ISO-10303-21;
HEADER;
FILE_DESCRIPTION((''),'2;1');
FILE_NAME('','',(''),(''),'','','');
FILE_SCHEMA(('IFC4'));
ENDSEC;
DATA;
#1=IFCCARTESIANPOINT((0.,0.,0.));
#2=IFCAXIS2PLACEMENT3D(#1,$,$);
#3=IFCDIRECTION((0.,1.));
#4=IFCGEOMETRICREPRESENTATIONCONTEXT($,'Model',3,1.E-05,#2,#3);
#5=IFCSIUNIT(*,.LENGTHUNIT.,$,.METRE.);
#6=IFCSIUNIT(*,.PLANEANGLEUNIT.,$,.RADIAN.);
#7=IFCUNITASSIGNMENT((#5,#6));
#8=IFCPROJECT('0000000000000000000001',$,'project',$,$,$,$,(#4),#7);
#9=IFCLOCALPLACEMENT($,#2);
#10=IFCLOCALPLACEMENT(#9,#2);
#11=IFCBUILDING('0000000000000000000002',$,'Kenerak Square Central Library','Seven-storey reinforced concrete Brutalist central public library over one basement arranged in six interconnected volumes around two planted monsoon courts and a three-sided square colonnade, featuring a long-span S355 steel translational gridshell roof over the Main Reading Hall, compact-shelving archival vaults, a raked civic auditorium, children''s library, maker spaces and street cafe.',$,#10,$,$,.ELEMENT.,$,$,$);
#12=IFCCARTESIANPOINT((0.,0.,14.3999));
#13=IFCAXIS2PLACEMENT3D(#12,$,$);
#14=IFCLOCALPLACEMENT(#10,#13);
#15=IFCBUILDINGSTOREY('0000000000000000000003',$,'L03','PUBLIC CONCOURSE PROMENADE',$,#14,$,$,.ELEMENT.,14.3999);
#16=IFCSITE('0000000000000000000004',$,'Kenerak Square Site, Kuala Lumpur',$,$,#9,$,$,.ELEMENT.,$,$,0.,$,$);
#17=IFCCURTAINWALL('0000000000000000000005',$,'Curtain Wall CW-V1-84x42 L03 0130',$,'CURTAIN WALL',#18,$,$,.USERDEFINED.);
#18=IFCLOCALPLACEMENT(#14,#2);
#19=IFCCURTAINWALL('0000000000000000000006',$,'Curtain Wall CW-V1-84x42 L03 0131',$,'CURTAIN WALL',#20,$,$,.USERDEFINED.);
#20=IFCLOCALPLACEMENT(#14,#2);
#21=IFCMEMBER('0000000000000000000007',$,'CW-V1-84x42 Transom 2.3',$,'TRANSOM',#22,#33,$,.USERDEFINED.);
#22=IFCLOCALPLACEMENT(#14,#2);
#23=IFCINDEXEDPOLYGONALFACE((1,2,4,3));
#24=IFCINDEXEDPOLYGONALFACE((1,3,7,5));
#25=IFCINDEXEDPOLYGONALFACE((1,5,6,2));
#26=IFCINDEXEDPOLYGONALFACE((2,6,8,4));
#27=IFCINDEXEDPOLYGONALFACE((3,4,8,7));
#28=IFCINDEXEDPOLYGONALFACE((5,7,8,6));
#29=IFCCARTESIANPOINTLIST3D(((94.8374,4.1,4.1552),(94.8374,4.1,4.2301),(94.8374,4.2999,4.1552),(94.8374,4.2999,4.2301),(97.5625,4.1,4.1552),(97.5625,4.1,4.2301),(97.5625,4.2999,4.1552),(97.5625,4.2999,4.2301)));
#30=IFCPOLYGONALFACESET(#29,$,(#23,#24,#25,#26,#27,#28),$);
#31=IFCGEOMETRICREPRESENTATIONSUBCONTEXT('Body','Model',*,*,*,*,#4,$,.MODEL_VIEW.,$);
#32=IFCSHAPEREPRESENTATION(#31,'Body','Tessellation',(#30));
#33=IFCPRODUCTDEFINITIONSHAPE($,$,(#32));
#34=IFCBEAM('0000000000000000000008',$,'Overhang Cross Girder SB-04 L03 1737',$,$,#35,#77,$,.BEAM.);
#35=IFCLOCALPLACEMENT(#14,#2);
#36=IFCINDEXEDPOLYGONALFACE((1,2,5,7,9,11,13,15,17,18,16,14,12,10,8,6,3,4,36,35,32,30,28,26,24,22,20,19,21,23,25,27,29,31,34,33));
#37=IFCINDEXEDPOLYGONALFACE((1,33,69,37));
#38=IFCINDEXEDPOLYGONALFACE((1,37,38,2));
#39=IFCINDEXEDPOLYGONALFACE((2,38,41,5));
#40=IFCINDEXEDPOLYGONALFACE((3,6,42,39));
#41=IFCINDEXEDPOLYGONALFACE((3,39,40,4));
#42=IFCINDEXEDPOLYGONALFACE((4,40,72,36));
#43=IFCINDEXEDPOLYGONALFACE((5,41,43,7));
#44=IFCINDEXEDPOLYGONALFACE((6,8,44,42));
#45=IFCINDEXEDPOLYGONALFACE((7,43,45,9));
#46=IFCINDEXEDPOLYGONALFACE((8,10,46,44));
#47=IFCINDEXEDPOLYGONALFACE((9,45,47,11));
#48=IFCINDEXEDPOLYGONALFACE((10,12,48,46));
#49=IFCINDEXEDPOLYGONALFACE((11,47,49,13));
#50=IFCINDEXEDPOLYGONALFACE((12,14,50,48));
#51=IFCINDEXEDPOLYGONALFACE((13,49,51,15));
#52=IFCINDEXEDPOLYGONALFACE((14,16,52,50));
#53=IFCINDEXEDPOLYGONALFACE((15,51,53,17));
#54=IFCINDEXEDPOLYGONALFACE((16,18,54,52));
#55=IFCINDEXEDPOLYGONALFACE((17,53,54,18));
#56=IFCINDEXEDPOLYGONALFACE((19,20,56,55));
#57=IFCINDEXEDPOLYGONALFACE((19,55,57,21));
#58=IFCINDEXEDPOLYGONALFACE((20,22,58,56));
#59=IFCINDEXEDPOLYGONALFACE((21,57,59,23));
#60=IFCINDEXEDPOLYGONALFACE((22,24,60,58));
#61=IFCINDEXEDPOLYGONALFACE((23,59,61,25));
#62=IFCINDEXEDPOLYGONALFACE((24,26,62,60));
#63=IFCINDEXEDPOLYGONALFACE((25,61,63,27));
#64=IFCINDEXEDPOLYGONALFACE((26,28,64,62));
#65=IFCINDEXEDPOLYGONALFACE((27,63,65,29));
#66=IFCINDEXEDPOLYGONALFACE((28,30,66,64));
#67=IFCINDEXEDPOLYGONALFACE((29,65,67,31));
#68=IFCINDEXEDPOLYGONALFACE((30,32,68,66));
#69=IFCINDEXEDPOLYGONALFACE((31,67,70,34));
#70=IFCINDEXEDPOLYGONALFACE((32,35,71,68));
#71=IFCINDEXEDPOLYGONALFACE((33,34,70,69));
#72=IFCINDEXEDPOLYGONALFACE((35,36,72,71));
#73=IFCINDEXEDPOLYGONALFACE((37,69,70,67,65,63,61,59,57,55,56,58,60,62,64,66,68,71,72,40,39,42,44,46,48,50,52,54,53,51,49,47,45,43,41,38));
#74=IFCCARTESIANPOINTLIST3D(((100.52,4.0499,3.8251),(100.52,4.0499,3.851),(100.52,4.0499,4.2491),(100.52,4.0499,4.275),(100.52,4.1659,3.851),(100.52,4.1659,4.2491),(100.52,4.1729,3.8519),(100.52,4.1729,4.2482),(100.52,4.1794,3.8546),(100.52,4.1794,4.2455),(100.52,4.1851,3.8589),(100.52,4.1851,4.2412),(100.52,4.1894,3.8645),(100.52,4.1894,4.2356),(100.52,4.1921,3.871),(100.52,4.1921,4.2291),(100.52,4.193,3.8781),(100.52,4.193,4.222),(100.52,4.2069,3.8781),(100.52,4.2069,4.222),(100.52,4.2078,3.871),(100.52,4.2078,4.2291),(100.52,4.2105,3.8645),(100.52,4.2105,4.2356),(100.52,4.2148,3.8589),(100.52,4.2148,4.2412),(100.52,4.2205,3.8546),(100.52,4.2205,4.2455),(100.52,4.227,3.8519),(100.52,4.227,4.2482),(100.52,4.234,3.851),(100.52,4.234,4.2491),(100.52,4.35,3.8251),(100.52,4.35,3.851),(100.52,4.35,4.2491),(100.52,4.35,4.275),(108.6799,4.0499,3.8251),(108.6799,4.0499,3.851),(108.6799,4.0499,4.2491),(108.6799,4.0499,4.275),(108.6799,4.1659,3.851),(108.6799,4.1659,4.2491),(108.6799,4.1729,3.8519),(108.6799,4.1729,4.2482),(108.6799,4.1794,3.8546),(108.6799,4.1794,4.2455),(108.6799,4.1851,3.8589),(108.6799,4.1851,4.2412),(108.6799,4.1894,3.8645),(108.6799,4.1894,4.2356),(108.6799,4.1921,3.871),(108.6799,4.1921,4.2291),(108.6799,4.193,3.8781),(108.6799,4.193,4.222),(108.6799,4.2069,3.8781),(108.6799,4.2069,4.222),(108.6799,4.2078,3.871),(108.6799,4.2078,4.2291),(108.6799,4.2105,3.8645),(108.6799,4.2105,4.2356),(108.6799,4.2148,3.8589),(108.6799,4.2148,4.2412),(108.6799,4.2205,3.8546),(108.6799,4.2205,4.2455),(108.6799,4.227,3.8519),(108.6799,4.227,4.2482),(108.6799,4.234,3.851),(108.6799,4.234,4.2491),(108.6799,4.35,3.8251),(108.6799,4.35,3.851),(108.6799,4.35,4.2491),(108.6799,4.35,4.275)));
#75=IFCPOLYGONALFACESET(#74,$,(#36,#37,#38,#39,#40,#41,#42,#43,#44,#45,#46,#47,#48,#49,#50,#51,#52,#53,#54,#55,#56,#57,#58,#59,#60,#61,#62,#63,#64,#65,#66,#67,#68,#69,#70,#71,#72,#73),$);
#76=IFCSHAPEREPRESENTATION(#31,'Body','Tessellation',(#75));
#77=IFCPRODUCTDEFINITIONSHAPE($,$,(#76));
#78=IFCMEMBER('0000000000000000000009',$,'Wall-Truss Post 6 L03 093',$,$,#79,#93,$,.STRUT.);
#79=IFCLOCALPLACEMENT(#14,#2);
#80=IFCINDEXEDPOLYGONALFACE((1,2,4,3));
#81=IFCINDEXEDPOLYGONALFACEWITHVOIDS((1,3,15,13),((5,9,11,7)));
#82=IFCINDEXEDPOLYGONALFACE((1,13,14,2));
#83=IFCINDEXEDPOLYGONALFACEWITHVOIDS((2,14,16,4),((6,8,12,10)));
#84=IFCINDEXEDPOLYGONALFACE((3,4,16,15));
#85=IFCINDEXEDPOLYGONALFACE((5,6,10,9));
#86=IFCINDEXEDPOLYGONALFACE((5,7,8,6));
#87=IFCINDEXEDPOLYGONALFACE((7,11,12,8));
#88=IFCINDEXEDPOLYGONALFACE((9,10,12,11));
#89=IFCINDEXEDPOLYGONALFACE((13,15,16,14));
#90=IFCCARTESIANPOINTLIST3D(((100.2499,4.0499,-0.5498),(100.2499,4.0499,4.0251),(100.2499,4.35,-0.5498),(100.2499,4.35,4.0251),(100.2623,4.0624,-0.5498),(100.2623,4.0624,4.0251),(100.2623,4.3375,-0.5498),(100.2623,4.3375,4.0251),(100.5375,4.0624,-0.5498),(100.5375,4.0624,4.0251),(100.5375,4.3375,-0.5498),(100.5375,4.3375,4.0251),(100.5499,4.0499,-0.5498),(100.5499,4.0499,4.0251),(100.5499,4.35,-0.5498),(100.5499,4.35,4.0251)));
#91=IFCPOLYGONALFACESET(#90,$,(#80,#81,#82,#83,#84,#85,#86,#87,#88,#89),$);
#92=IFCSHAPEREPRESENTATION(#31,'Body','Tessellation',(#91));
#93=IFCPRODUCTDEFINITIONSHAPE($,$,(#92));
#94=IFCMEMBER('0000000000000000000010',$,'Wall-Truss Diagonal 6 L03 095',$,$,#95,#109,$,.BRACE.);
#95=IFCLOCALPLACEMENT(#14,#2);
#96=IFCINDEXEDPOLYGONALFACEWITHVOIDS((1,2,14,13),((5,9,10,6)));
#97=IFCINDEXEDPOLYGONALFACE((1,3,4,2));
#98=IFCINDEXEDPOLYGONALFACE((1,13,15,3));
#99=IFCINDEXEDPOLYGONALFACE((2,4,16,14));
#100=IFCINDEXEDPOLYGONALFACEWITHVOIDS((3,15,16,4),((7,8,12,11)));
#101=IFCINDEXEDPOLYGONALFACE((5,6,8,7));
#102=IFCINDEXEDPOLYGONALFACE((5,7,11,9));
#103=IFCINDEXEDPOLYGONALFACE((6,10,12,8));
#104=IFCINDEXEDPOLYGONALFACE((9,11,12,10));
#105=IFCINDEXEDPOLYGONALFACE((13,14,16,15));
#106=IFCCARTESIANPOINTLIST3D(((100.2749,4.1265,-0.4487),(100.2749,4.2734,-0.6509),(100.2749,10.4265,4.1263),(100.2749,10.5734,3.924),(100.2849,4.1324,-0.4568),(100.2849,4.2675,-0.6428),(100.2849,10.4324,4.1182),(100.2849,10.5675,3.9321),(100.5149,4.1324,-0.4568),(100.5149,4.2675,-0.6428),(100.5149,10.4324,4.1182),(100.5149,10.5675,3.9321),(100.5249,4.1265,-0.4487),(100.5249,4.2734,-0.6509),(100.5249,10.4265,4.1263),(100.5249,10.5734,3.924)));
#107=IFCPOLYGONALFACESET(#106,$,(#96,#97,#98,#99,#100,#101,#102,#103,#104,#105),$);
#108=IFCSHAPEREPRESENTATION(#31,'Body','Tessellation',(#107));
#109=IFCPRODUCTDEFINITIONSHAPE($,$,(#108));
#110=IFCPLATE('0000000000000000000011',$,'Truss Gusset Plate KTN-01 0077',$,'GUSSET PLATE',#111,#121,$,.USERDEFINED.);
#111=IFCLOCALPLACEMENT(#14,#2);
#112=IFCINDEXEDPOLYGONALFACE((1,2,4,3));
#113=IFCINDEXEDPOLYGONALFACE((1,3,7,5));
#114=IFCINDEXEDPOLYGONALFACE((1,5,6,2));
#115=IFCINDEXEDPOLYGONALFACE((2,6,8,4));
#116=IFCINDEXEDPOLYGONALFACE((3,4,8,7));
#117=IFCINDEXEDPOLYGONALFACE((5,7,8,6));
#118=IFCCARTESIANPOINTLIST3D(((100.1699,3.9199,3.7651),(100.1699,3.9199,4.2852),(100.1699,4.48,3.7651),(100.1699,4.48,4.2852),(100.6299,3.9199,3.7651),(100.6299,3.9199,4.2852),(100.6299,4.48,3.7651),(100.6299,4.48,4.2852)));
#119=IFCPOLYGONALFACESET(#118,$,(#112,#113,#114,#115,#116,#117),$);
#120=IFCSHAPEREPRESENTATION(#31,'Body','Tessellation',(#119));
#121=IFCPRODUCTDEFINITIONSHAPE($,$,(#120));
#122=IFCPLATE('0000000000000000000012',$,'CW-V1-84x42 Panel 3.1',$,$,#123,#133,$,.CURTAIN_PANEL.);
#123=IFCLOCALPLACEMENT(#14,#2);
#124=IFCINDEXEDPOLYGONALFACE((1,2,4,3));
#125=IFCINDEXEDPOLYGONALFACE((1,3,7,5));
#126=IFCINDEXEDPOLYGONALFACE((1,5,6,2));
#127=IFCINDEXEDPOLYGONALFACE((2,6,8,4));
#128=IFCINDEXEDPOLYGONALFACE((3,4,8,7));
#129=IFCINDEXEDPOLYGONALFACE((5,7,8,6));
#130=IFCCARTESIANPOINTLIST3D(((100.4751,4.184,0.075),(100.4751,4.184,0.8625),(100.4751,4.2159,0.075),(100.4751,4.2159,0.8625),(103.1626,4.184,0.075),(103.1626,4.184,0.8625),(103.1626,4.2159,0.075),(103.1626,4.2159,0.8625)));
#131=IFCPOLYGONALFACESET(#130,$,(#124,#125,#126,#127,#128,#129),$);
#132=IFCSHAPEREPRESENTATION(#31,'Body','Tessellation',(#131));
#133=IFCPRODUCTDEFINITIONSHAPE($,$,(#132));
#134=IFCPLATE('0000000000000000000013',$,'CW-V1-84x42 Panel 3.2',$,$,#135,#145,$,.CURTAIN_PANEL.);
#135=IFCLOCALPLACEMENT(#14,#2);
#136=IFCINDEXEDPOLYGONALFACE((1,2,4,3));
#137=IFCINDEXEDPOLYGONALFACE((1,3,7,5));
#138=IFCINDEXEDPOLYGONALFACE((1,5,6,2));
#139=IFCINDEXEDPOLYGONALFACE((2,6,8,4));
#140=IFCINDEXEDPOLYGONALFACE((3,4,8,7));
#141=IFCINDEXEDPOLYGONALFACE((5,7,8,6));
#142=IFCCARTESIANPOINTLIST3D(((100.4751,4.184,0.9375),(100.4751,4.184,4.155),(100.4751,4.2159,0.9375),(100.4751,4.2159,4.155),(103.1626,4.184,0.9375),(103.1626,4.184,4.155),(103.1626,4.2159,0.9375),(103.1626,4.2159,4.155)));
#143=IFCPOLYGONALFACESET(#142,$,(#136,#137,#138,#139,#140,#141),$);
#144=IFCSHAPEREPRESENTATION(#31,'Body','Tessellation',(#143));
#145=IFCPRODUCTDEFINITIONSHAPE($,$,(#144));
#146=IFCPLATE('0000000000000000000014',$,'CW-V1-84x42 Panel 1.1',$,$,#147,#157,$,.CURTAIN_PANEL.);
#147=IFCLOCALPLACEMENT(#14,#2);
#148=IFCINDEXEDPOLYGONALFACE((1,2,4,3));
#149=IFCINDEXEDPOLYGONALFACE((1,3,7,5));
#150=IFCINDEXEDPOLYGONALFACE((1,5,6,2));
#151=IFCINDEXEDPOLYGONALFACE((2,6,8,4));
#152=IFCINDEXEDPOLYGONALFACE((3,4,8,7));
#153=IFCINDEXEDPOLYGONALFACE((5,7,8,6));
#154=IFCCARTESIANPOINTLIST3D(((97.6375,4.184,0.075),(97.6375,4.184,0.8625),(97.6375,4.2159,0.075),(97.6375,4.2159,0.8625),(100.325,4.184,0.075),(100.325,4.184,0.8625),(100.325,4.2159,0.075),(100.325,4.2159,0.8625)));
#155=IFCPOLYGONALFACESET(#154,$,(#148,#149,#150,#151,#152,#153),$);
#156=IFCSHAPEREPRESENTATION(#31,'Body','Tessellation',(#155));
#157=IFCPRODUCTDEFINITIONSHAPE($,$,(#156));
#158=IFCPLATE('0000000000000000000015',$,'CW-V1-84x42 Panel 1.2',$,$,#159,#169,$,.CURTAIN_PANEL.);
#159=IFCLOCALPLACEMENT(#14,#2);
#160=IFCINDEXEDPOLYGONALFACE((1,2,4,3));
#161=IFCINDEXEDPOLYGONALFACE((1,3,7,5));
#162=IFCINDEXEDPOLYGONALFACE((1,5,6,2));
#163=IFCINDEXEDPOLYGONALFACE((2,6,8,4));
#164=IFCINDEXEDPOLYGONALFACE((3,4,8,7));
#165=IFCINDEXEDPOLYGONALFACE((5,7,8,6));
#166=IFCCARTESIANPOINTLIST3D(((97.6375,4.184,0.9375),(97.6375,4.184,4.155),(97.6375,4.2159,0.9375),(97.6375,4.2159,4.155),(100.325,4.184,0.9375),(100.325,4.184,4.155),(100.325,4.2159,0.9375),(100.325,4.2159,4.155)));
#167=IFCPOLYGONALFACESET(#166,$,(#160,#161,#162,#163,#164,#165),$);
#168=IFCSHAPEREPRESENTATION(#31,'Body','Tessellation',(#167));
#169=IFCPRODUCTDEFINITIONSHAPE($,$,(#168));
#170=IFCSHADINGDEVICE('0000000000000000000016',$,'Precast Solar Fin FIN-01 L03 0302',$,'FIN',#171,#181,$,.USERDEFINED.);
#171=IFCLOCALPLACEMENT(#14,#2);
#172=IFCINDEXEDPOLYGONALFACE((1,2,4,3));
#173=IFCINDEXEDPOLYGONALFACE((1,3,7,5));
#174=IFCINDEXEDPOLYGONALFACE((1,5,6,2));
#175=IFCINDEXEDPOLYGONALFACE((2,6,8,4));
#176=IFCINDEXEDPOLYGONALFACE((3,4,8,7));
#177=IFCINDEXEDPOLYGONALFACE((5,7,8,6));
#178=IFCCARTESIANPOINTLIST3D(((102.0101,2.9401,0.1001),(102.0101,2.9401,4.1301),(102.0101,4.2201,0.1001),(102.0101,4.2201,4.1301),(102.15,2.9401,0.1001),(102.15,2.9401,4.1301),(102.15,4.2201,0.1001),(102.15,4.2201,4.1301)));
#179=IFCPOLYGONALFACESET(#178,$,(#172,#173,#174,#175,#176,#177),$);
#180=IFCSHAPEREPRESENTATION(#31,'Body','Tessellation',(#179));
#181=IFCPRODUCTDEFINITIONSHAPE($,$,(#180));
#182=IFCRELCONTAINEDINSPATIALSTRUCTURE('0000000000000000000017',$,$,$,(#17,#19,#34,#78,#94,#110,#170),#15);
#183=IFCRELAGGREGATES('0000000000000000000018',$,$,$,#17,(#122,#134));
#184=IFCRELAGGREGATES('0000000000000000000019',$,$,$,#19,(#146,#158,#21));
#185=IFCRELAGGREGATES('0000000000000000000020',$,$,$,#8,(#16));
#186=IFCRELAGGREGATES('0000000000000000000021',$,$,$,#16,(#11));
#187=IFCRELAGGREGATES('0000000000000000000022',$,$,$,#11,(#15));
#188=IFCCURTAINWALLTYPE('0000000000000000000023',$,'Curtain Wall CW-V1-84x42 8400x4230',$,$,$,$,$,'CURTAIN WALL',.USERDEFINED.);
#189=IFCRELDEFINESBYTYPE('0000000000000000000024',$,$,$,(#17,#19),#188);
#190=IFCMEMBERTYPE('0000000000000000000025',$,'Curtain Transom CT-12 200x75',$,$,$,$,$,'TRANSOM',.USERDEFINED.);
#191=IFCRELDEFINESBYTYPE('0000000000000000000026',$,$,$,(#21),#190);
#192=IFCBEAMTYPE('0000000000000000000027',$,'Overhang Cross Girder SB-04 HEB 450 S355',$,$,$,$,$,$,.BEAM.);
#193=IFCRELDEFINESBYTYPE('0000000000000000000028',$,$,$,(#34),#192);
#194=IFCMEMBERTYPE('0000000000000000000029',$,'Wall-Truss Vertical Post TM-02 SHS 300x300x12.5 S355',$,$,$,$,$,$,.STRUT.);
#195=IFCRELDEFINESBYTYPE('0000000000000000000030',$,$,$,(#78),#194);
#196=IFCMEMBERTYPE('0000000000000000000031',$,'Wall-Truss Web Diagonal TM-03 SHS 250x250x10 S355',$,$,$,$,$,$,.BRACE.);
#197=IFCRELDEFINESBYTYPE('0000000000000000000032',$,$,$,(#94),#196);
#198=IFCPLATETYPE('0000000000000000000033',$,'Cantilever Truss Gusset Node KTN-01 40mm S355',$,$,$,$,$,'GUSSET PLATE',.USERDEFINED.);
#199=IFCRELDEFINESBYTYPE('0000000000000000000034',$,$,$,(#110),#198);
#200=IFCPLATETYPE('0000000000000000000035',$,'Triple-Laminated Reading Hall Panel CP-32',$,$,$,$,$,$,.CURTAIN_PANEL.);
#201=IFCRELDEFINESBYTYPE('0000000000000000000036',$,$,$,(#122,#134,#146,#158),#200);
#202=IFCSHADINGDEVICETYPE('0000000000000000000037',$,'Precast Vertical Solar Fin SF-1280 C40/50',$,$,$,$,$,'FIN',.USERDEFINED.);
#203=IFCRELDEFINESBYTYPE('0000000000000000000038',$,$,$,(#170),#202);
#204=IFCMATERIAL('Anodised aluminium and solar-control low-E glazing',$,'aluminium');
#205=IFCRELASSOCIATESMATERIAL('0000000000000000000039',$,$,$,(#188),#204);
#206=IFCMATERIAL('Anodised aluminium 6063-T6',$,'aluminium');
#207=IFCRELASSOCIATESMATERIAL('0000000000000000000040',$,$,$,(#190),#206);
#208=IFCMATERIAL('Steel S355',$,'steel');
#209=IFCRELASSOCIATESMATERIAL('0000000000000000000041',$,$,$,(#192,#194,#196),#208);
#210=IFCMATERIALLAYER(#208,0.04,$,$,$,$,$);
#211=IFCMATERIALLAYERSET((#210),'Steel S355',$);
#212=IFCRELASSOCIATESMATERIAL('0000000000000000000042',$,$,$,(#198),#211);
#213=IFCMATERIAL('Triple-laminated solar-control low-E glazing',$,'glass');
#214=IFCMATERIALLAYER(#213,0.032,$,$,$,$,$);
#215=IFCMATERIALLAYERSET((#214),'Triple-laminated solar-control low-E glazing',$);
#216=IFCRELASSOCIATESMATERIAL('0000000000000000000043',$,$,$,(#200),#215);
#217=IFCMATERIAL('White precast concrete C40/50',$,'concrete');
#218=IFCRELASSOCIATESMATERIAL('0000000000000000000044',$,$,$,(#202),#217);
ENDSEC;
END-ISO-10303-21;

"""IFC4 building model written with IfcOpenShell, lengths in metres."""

from ifc_helpers import new_model, si_unit, direction, frame, origin, origin_2d, place, context, subcontext, project, spatial, rectangle, hollow_rectangle, i_section, extrude, material, layer, layer_set, material_profile, profile_set, type_object, element, aggregate, save


model = new_model("IFC4")

# Units and contexts
model_context = context("Model", 3, precision=1e-05, world=origin(), true_north=direction((0.0, 1.0)))
body_context = subcontext(model_context, "Body", "Model", "MODEL_VIEW")
ifc_project = project(units=[si_unit("LENGTHUNIT", "METRE"), si_unit("PLANEANGLEUNIT", "RADIAN")], contexts=[model_context])

# Site, building, storey
site_placement = place(None, origin())
site = spatial("IfcSite", under=ifc_project, at=site_placement, Name="Kenerak Square Site, Kuala Lumpur", CompositionType="ELEMENT", RefElevation=0.0)
building_placement = place(site_placement, origin())
building = spatial("IfcBuilding", under=site, at=building_placement, Name="Kenerak Square Central Library", Description="Seven-storey reinforced concrete Brutalist central public library over one basement arranged in six interconnected volumes around two planted monsoon courts and a three-sided square colonnade, featuring a long-span S355 steel translational gridshell roof over the Main Reading Hall, compact-shelving archival vaults, a raked civic auditorium, children's library, maker spaces and street cafe.", CompositionType="ELEMENT")
storey_placement = place(building_placement, frame((0.0, 0.0, 14.3999)))
storey = spatial("IfcBuildingStorey", under=building, at=storey_placement, Name="L03", Description="PUBLIC CONCOURSE PROMENADE", CompositionType="ELEMENT", Elevation=14.3999)

# Shared definitions
ifc_material_1 = material(Name="Steel S355", Category="steel")

# Curtain wall
ifc_material_2 = material(Name="Anodised aluminium and solar-control low-E glazing", Category="aluminium")
curtain_wall_type = type_object("IfcCurtainWallType", Name="Curtain Wall CW-V1-84x42 8400x4230", ElementType="CURTAIN WALL", PredefinedType="USERDEFINED", material=ifc_material_2)
curtain_wall_1_placement = place(storey_placement, origin())
curtain_wall_1 = element("IfcCurtainWall", 1, at=curtain_wall_1_placement, inside=storey, type_object=curtain_wall_type, Name="Curtain Wall CW-V1-84x42 L03 0130", ObjectType="CURTAIN WALL", PredefinedType="USERDEFINED")
ifc_material_3 = material(Name="Anodised aluminium 6063-T6", Category="aluminium")

# Curtain wall
curtain_wall_2_placement = place(storey_placement, origin())
curtain_wall_2 = element("IfcCurtainWall", 2, at=curtain_wall_2_placement, inside=storey, type_object=curtain_wall_type, Name="Curtain Wall CW-V1-84x42 L03 0131", ObjectType="CURTAIN WALL", PredefinedType="USERDEFINED")

# Member
ifc_material_profile_1 = material_profile(ifc_material_3, rectangle(XDim=0.2, YDim=0.075, at=origin_2d()), Name="AL TRANSOM 200x75")
ifc_profile_set_1 = profile_set([ifc_material_profile_1], Name="Anodised aluminium 6063-T6")
member_type_1 = type_object("IfcMemberType", Name="Curtain Transom CT-12 200x75", ElementType="TRANSOM", PredefinedType="USERDEFINED", material=ifc_profile_set_1)
member_1_placement = place(storey_placement, frame((97.5625, 4.2, 4.1926), z_axis=(-1.0, 0.0, 0.0), x_axis=(0.0, -1.0, 0.0)))
member_1 = element("IfcMember", 3, at=member_1_placement, type_object=member_type_1, Name="CW-V1-84x42 Transom 2.3", ObjectType="TRANSOM", PredefinedType="USERDEFINED", context=body_context, shape_type="SweptSolid", body=[
    extrude(rectangle(XDim=0.2, YDim=0.075, at=origin_2d()), origin(), (0.0, 0.0, 1.0), 2.7251),
])

# Beam
ifc_material_profile_2 = material_profile(ifc_material_1, i_section(OverallWidth=0.3, OverallDepth=0.45, WebThickness=0.0139, FlangeThickness=0.0259, FilletRadius=0.0271, at=origin_2d()), Name="HEB 450")
ifc_profile_set_2 = profile_set([ifc_material_profile_2], Name="Steel S355")
beam_type_1 = type_object("IfcBeamType", Name="Overhang Cross Girder SB-04 HEB 450 S355", PredefinedType="BEAM", material=ifc_profile_set_2)
beam_1_placement = place(storey_placement, frame((100.52, 4.2, 4.05), z_axis=(1.0, 0.0, 0.0), x_axis=(0.0, 1.0, 0.0)))
element("IfcBeam", 4, at=beam_1_placement, inside=storey, type_object=beam_type_1, Name="Overhang Cross Girder SB-04 L03 1737", PredefinedType="BEAM", context=body_context, shape_type="SweptSolid", body=[
    extrude(i_section(OverallWidth=0.3, OverallDepth=0.45, WebThickness=0.0139, FlangeThickness=0.0259, FilletRadius=0.0271, at=origin_2d()), origin(), (0.0, 0.0, 1.0), 8.1599),
])

# Members
ifc_material_profile_3 = material_profile(ifc_material_1, hollow_rectangle(XDim=0.3, YDim=0.3, WallThickness=0.0125, at=origin_2d()), Name="SHS 300x300x12.5")
ifc_profile_set_3 = profile_set([ifc_material_profile_3], Name="Steel S355")
member_type_2 = type_object("IfcMemberType", Name="Wall-Truss Vertical Post TM-02 SHS 300x300x12.5 S355", PredefinedType="STRUT", material=ifc_profile_set_3)
member_2_placement = place(storey_placement, frame((100.3999, 4.2, -0.5498), z_axis=(0.0, 0.0, 1.0), x_axis=(1.0, 0.0, 0.0)))
element("IfcMember", 5, at=member_2_placement, inside=storey, type_object=member_type_2, Name="Wall-Truss Post 6 L03 093", PredefinedType="STRUT", context=body_context, shape_type="SweptSolid", body=[
    extrude(hollow_rectangle(XDim=0.3, YDim=0.3, WallThickness=0.0125, at=origin_2d()), origin(), (0.0, 0.0, 1.0), 4.575),
])
ifc_material_profile_4 = material_profile(ifc_material_1, hollow_rectangle(XDim=0.25, YDim=0.25, WallThickness=0.01, at=origin_2d()), Name="SHS 250x250x10.0")
ifc_profile_set_4 = profile_set([ifc_material_profile_4], Name="Steel S355")
member_type_3 = type_object("IfcMemberType", Name="Wall-Truss Web Diagonal TM-03 SHS 250x250x10 S355", PredefinedType="BRACE", material=ifc_profile_set_4)
member_3_placement = place(storey_placement, frame((100.3999, 4.2, -0.5498), z_axis=(0.0, 0.809158, 0.587592), x_axis=(-1.0, 0.0, 0.0)))
element("IfcMember", 6, at=member_3_placement, inside=storey, type_object=member_type_3, Name="Wall-Truss Diagonal 6 L03 095", PredefinedType="BRACE", context=body_context, shape_type="SweptSolid", body=[
    extrude(hollow_rectangle(XDim=0.25, YDim=0.25, WallThickness=0.01, at=origin_2d()), origin(), (0.0, 0.0, 1.0), 7.7859),
])

# Plates
ifc_layer_1 = layer(ifc_material_1, 0.04)
ifc_layer_set_1 = layer_set([ifc_layer_1], Name="Steel S355")
plate_type_1 = type_object("IfcPlateType", Name="Cantilever Truss Gusset Node KTN-01 40mm S355", ElementType="GUSSET PLATE", PredefinedType="USERDEFINED", material=ifc_layer_set_1)
plate_1_placement = place(storey_placement, frame((100.3999, 4.2, 3.7651), z_axis=(0.0, 0.0, 1.0), x_axis=(1.0, 0.0, 0.0)))
element("IfcPlate", 7, at=plate_1_placement, inside=storey, type_object=plate_type_1, Name="Truss Gusset Plate KTN-01 0077", ObjectType="GUSSET PLATE", PredefinedType="USERDEFINED", context=body_context, shape_type="SweptSolid", body=[
    extrude(rectangle(XDim=0.46, YDim=0.5601, at=origin_2d()), origin(), (0.0, 0.0, 1.0), 0.52),
])
ifc_material_4 = material(Name="Triple-laminated solar-control low-E glazing", Category="glass")
ifc_layer_2 = layer(ifc_material_4, 0.032)
ifc_layer_set_2 = layer_set([ifc_layer_2], Name="Triple-laminated solar-control low-E glazing")
plate_type_2 = type_object("IfcPlateType", Name="Triple-Laminated Reading Hall Panel CP-32", PredefinedType="CURTAIN_PANEL", material=ifc_layer_set_2)
plate_2_placement = place(storey_placement, frame((101.8188, 4.2, 0.075), z_axis=(0.0, 0.0, 1.0), x_axis=(-1.0, 0.0, 0.0)))
plate_2 = element("IfcPlate", 8, at=plate_2_placement, type_object=plate_type_2, Name="CW-V1-84x42 Panel 3.1", PredefinedType="CURTAIN_PANEL", context=body_context, shape_type="SweptSolid", body=[
    extrude(rectangle(XDim=2.6875, YDim=0.032, at=origin_2d()), origin(), (0.0, 0.0, 1.0), 0.7876),
])
plate_3_placement = place(storey_placement, frame((101.8188, 4.2, 0.9375), z_axis=(0.0, 0.0, 1.0), x_axis=(-1.0, 0.0, 0.0)))
plate_3 = element("IfcPlate", 9, at=plate_3_placement, type_object=plate_type_2, Name="CW-V1-84x42 Panel 3.2", PredefinedType="CURTAIN_PANEL", context=body_context, shape_type="SweptSolid", body=[
    extrude(rectangle(XDim=2.6875, YDim=0.032, at=origin_2d()), origin(), (0.0, 0.0, 1.0), 3.2175),
])
aggregate(curtain_wall_1, [plate_2, plate_3])
plate_4_placement = place(storey_placement, frame((98.9812, 4.2, 0.075), z_axis=(0.0, 0.0, 1.0), x_axis=(-1.0, 0.0, 0.0)))
plate_4 = element("IfcPlate", 10, at=plate_4_placement, type_object=plate_type_2, Name="CW-V1-84x42 Panel 1.1", PredefinedType="CURTAIN_PANEL", context=body_context, shape_type="SweptSolid", body=[
    extrude(rectangle(XDim=2.6875, YDim=0.032, at=origin_2d()), origin(), (0.0, 0.0, 1.0), 0.7876),
])
plate_5_placement = place(storey_placement, frame((98.9812, 4.2, 0.9375), z_axis=(0.0, 0.0, 1.0), x_axis=(-1.0, 0.0, 0.0)))
plate_5 = element("IfcPlate", 11, at=plate_5_placement, type_object=plate_type_2, Name="CW-V1-84x42 Panel 1.2", PredefinedType="CURTAIN_PANEL", context=body_context, shape_type="SweptSolid", body=[
    extrude(rectangle(XDim=2.6875, YDim=0.032, at=origin_2d()), origin(), (0.0, 0.0, 1.0), 3.2175),
])
aggregate(curtain_wall_2, [plate_4, plate_5, member_1])

# Shading device
ifc_material_5 = material(Name="White precast concrete C40/50", Category="concrete")
shading_device_type = type_object("IfcShadingDeviceType", Name="Precast Vertical Solar Fin SF-1280 C40/50", ElementType="FIN", PredefinedType="USERDEFINED", material=ifc_material_5)
for number, where, z_axis, x_axis, name in (
    (12, (102.0801, 3.5801, 0.1001), (0.0, 0.0, 1.0), (-1.0, 0.0, 0.0), "Precast Solar Fin FIN-01 L03 0302"),
):
    element("IfcShadingDevice", number, at=place(storey_placement, frame(where, z_axis=z_axis, x_axis=x_axis)), inside=storey, type_object=shading_device_type, Name=name, ObjectType="FIN", PredefinedType="USERDEFINED", context=body_context, shape_type="SweptSolid", body=[
        extrude(rectangle(XDim=0.1399, YDim=1.28, at=origin_2d()), origin(), (0.0, 0.0, 1.0), 4.03),
    ])

save(model, "model.ifc")
